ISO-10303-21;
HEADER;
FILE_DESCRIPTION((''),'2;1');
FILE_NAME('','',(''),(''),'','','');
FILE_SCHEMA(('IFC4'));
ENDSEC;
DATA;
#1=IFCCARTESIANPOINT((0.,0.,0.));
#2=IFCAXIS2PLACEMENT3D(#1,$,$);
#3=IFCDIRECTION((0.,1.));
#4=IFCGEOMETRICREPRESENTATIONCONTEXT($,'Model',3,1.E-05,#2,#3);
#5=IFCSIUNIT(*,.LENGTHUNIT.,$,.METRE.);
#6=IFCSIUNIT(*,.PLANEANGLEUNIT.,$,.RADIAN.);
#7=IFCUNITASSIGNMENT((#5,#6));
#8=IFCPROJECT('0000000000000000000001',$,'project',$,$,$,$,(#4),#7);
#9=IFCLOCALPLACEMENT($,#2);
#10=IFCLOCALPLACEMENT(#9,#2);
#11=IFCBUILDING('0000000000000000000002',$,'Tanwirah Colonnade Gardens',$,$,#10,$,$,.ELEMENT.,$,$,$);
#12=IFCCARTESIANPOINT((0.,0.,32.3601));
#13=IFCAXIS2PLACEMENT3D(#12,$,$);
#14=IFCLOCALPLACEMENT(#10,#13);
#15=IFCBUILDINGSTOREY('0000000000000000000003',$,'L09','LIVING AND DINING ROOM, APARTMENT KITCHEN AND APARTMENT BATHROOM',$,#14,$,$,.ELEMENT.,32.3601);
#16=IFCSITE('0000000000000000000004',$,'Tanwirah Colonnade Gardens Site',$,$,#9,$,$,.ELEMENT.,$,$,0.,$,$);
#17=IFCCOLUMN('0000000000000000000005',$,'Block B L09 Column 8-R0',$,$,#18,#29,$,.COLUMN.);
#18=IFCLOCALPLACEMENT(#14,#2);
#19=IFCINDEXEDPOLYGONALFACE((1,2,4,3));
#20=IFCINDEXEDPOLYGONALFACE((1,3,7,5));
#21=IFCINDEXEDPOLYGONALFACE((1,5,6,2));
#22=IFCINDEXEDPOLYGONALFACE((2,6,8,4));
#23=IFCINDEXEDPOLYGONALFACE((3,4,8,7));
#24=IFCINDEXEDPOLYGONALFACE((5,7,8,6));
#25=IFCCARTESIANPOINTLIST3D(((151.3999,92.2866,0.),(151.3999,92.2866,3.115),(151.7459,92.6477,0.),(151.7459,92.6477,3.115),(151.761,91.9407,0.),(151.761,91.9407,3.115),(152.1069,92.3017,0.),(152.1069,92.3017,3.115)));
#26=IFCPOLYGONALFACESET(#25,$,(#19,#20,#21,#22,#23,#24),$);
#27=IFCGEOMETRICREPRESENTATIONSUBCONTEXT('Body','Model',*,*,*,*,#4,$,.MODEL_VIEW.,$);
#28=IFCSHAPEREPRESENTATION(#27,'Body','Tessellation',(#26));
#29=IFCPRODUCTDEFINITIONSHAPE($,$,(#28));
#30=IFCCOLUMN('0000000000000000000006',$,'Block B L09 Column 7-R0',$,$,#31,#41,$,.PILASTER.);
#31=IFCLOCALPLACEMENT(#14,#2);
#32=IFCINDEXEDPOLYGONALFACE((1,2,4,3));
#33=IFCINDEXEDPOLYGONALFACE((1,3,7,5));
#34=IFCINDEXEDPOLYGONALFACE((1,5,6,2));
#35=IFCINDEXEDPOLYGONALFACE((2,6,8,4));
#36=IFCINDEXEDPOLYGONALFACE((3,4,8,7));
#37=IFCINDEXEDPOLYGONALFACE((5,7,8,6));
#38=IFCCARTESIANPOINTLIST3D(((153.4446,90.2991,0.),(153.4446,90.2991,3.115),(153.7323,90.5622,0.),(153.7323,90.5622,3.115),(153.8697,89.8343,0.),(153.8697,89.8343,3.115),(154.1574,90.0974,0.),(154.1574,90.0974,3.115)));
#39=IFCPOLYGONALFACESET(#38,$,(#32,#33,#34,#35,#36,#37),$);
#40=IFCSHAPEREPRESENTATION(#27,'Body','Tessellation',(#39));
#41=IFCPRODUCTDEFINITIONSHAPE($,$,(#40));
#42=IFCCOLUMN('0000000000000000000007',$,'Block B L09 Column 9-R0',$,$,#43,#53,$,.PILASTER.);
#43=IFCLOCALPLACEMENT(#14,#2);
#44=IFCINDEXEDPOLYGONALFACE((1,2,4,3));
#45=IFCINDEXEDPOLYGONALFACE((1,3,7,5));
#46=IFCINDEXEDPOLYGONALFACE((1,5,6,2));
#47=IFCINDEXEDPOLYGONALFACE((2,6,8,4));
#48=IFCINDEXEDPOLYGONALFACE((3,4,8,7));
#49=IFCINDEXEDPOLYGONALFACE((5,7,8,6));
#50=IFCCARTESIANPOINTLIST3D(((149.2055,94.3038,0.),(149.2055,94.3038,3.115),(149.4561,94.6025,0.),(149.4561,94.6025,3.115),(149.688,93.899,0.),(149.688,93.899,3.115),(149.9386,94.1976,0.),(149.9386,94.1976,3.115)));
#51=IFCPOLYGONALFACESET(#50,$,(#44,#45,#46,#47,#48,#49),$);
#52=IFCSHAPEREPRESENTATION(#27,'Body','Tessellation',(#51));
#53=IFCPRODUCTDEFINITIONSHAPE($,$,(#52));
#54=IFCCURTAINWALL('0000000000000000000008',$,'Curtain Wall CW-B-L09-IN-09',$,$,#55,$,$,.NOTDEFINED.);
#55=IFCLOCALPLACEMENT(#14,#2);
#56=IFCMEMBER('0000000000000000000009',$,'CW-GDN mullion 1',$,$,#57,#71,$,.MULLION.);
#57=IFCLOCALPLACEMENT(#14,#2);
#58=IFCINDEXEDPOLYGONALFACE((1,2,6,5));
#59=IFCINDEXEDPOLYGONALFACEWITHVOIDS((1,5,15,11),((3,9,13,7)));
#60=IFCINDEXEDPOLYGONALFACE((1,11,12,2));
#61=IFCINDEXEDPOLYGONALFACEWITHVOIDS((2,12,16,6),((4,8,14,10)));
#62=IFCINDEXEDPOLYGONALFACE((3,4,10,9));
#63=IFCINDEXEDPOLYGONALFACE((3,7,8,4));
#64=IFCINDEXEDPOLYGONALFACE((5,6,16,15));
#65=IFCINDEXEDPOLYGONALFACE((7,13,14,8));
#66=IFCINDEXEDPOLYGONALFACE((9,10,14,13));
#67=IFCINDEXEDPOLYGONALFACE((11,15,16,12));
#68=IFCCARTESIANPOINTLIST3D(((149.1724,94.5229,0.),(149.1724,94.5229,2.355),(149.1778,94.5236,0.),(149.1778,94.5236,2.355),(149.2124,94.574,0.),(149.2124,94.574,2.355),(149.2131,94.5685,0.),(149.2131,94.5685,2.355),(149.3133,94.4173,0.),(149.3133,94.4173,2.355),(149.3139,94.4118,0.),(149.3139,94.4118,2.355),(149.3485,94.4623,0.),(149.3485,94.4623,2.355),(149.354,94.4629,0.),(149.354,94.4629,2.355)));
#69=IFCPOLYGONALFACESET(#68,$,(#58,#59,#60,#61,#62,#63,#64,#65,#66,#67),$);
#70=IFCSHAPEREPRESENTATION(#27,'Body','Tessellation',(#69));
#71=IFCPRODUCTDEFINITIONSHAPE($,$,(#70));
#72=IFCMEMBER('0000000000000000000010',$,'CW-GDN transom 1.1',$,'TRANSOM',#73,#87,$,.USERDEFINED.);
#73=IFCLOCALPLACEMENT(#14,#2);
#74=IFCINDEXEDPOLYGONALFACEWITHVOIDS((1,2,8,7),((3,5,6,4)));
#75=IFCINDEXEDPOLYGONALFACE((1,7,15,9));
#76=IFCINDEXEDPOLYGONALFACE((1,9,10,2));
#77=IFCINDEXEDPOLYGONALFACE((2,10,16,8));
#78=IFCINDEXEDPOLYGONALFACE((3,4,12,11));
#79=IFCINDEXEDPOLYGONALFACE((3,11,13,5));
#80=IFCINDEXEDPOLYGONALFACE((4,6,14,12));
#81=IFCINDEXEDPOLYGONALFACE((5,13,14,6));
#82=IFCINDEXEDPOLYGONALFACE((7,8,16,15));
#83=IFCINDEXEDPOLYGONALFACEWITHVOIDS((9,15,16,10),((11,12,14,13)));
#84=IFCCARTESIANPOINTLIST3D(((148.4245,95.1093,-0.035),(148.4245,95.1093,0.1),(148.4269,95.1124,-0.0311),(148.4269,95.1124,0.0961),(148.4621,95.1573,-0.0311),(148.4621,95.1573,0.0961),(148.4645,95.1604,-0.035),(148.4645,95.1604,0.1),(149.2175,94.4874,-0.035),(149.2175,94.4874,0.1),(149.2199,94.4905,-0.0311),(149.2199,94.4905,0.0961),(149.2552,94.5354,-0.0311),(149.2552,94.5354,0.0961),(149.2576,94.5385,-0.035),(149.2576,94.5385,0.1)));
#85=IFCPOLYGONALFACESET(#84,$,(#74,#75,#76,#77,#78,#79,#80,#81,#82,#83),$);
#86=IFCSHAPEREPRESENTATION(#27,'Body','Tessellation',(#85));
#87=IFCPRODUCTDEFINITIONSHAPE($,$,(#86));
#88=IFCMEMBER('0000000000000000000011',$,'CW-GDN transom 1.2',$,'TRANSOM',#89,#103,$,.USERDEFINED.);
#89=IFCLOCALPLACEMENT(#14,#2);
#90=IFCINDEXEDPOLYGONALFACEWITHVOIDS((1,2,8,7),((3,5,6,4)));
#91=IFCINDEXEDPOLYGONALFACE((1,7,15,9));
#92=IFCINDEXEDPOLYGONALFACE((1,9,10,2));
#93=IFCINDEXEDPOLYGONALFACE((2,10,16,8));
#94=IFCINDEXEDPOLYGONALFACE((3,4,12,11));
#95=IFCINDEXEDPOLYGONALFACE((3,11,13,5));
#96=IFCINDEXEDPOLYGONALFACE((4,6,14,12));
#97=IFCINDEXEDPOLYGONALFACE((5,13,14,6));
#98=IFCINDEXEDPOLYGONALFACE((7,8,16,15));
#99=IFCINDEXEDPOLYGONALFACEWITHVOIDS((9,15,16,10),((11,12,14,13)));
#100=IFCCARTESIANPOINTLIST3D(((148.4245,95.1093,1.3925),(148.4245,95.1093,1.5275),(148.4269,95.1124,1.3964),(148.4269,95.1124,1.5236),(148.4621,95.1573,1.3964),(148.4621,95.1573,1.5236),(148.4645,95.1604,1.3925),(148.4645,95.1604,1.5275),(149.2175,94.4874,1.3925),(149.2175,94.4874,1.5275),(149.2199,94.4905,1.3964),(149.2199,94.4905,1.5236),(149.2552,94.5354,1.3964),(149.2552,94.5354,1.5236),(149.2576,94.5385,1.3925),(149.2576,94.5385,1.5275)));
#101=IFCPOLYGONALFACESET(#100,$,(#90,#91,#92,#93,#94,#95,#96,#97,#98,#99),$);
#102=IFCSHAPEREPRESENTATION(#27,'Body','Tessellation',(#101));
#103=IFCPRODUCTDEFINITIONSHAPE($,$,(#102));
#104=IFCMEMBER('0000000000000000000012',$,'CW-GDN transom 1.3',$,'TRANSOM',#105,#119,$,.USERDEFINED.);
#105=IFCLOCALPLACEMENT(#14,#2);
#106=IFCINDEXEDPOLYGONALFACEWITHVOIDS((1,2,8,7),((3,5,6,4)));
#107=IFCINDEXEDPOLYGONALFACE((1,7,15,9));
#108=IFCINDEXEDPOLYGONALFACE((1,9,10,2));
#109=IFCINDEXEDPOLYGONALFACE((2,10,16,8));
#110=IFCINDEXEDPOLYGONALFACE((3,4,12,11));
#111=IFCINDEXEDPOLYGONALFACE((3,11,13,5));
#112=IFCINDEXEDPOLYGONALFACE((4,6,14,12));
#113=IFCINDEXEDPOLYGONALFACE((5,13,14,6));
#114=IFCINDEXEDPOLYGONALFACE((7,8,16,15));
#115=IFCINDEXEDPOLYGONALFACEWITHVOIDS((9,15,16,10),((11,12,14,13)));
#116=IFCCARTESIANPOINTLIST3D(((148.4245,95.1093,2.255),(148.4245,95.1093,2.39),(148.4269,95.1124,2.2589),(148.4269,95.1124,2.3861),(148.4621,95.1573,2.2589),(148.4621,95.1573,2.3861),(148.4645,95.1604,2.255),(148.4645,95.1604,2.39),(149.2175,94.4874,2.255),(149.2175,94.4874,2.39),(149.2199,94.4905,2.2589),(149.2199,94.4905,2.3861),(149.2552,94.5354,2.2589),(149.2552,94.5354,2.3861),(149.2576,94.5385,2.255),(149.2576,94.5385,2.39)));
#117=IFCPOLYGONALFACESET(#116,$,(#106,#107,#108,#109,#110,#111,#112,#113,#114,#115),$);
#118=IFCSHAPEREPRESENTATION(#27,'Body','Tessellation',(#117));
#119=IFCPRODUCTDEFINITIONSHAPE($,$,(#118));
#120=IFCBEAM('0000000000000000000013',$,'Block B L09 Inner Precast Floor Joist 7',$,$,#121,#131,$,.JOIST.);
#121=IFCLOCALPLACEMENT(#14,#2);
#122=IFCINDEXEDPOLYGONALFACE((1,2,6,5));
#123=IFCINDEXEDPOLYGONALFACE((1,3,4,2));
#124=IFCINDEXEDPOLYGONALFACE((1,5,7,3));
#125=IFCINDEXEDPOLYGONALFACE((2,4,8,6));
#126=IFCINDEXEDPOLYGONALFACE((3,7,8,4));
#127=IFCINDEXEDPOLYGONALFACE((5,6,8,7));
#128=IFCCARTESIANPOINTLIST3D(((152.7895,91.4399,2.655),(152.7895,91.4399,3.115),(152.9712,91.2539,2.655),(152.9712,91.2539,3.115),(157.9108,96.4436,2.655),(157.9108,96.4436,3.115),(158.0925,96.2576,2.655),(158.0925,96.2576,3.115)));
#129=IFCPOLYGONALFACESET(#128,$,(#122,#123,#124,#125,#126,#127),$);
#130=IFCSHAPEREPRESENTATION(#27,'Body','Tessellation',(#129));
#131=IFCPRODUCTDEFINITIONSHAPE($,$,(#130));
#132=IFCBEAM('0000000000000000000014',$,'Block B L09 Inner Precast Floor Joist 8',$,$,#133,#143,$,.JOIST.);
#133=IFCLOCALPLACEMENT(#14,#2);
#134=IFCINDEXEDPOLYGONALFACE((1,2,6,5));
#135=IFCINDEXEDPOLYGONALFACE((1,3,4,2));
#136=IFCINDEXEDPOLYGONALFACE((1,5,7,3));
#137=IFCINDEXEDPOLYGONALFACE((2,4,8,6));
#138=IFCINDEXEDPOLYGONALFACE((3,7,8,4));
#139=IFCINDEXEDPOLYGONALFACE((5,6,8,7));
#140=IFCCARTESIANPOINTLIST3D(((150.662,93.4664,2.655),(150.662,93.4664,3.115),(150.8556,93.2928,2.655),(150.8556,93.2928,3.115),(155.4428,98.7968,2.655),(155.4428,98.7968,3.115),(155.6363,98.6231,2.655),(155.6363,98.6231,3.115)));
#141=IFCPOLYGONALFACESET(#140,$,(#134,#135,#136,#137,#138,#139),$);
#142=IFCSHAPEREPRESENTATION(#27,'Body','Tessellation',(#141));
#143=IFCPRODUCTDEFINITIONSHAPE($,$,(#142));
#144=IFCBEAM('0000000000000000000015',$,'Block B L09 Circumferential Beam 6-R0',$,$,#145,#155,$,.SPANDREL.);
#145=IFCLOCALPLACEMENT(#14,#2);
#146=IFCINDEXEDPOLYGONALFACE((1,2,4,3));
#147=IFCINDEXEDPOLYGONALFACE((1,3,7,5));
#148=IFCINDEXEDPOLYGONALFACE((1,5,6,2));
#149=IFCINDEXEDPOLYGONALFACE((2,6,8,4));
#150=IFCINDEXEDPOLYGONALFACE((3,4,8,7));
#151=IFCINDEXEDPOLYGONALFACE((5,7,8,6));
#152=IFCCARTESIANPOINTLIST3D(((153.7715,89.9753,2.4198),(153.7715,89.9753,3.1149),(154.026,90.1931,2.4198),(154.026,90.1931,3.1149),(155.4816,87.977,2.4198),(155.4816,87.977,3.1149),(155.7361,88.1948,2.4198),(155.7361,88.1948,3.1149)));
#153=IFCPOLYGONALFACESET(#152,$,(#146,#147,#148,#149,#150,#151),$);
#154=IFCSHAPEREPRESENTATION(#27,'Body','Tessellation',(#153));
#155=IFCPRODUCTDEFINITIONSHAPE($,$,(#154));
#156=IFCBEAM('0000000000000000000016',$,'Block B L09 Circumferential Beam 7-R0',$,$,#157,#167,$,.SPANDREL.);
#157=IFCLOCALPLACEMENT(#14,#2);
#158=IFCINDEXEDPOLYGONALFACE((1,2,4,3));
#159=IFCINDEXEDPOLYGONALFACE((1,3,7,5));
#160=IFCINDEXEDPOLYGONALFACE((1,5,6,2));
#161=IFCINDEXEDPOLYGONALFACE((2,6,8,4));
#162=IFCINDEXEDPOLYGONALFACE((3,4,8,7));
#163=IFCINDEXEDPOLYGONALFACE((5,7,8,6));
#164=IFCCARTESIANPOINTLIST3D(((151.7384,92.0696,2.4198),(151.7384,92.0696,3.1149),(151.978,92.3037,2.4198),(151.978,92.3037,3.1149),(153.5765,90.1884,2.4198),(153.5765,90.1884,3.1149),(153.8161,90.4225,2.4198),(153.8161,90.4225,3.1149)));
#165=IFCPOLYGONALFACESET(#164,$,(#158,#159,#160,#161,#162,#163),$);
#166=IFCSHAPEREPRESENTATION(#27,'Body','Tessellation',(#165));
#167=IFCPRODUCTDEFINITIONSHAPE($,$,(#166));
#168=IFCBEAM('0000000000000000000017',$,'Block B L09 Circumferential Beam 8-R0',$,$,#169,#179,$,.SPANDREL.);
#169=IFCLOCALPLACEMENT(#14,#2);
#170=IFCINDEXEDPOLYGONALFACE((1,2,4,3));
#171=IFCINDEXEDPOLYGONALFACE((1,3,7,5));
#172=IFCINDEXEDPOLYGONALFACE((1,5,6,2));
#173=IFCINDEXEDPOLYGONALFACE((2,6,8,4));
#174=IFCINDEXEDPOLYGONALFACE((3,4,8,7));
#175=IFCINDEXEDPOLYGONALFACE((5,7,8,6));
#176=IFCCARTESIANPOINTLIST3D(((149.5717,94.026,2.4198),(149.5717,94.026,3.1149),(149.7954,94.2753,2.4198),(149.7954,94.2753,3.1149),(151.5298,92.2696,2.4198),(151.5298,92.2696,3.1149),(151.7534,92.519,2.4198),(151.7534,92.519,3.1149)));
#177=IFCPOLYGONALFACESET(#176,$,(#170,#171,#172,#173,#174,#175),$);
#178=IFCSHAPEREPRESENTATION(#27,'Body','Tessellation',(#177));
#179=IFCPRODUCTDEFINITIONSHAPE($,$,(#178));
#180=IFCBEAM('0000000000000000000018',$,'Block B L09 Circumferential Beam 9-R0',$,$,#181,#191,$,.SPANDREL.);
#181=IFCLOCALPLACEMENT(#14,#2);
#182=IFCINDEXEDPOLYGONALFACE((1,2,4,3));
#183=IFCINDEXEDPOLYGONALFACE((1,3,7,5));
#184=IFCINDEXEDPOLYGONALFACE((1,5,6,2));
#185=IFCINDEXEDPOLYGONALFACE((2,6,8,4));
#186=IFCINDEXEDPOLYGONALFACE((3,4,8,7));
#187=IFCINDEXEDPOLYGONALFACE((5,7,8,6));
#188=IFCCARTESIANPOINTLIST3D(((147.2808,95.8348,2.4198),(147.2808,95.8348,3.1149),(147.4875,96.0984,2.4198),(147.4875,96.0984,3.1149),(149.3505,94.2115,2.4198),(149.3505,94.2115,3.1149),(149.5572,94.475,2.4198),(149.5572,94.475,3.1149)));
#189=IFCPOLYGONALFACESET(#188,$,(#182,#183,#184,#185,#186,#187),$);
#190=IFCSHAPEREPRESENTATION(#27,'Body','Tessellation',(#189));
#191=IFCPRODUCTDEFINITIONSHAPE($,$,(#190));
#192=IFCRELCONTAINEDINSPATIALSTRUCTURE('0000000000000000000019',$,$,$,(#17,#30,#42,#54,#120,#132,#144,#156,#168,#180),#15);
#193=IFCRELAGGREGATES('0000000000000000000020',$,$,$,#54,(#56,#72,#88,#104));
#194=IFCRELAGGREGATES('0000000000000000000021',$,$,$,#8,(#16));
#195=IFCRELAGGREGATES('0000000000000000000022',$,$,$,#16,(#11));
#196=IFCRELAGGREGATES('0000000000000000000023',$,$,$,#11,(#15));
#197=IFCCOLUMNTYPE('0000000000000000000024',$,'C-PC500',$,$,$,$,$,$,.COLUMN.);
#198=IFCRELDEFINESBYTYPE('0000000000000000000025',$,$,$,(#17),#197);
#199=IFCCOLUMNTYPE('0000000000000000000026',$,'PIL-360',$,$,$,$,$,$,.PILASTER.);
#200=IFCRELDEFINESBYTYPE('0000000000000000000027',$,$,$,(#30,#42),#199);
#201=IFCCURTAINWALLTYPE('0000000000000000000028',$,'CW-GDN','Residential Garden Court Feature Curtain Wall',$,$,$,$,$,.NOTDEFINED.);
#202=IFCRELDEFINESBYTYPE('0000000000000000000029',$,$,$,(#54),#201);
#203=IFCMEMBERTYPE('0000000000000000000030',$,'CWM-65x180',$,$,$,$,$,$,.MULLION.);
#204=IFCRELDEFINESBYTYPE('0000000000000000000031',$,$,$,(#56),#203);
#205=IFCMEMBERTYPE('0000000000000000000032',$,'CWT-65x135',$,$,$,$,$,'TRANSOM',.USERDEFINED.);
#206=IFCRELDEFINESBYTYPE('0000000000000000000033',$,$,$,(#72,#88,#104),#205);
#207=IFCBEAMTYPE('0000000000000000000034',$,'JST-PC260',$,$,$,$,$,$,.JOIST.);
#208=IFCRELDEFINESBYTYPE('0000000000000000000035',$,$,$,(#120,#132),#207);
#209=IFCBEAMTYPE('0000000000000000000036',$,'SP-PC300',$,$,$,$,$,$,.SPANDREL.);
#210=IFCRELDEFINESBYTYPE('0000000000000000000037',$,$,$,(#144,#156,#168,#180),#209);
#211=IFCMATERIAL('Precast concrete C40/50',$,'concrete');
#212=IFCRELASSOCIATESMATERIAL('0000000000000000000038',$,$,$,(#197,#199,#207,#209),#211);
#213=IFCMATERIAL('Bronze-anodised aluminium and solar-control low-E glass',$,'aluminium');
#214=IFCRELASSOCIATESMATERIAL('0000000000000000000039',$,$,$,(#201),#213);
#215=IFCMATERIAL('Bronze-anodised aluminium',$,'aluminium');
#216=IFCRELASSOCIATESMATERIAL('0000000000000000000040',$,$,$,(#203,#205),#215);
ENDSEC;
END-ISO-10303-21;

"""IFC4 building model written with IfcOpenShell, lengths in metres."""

from ifc_helpers import new_model, si_unit, direction, frame, origin, origin_2d, place, context, subcontext, project, spatial, rectangle, hollow_rectangle, extrude, material, material_profile, profile_set, type_object, element, aggregate, save


model = new_model("IFC4")

# Units and contexts
model_context = context("Model", 3, precision=1e-05, world=origin(), true_north=direction((0.0, 1.0)))
body_context = subcontext(model_context, "Body", "Model", "MODEL_VIEW")
ifc_project = project(units=[si_unit("LENGTHUNIT", "METRE"), si_unit("PLANEANGLEUNIT", "RADIAN")], contexts=[model_context])

# Site, building, storey
site_placement = place(None, origin())
site = spatial("IfcSite", under=ifc_project, at=site_placement, Name="Tanwirah Colonnade Gardens Site", CompositionType="ELEMENT", RefElevation=0.0)
building_placement = place(site_placement, origin())
building = spatial("IfcBuilding", under=site, at=building_placement, Name="Tanwirah Colonnade Gardens", CompositionType="ELEMENT")
storey_placement = place(building_placement, frame((0.0, 0.0, 32.3601)))
storey = spatial("IfcBuildingStorey", under=building, at=storey_placement, Name="L09", Description="LIVING AND DINING ROOM, APARTMENT KITCHEN AND APARTMENT BATHROOM", CompositionType="ELEMENT", Elevation=32.3601)

# Columns
ifc_material_1 = material(Name="Precast concrete C40/50", Category="concrete")
ifc_material_profile_1 = material_profile(ifc_material_1, rectangle(XDim=0.5, YDim=0.5, at=origin_2d()), Name="PC-COL 500x500")
ifc_profile_set_1 = profile_set([ifc_material_profile_1], Name="Precast concrete C40/50")
column_type_1 = type_object("IfcColumnType", Name="C-PC500", PredefinedType="COLUMN", material=ifc_profile_set_1)
column_placement = place(storey_placement, frame((151.7534, 92.2942, 0.0), z_axis=(0.0, 0.0, 1.0), x_axis=(0.691863, 0.722029, 0.0)))
element("IfcColumn", 1, at=column_placement, inside=storey, type_object=column_type_1, Name="Block B L09 Column 8-R0", PredefinedType="COLUMN", context=body_context, shape_type="SweptSolid", body=[
    extrude(rectangle(XDim=0.5, YDim=0.5, at=origin_2d()), origin(), (0.0, 0.0, 1.0), 3.115),
])
ifc_material_profile_2 = material_profile(ifc_material_1, rectangle(XDim=0.3899, YDim=0.6299, at=origin_2d()), Name="PC-PIL 390x630")
ifc_profile_set_2 = profile_set([ifc_material_profile_2], Name="Precast concrete C40/50")
column_type_2 = type_object("IfcColumnType", Name="PIL-360", PredefinedType="PILASTER", material=ifc_profile_set_2)
for number, where, z_axis, x_axis, name in (
    (2, (153.801, 90.1982, 0.0), (0.0, 0.0, 1.0), (0.737932, 0.674875, 0.0), "Block B L09 Column 7-R0"),
    (3, (149.572, 94.2507, 0.0), (0.0, 0.0, 1.0), (0.642788, 0.766044, 0.0), "Block B L09 Column 9-R0"),
):
    element("IfcColumn", number, at=place(storey_placement, frame(where, z_axis=z_axis, x_axis=x_axis)), inside=storey, type_object=column_type_2, Name=name, PredefinedType="PILASTER", context=body_context, shape_type="SweptSolid", body=[
        extrude(rectangle(XDim=0.3899, YDim=0.6299, at=origin_2d()), origin(), (0.0, 0.0, 1.0), 3.115),
    ])

# Curtain wall, members
ifc_material_2 = material(Name="Bronze-anodised aluminium and solar-control low-E glass", Category="aluminium")
curtain_wall_type = type_object("IfcCurtainWallType", Name="CW-GDN", Description="Residential Garden Court Feature Curtain Wall", PredefinedType="NOTDEFINED", material=ifc_material_2)
curtain_wall_placement = place(storey_placement, origin())
curtain_wall = element("IfcCurtainWall", 4, at=curtain_wall_placement, inside=storey, type_object=curtain_wall_type, Name="Curtain Wall CW-B-L09-IN-09", PredefinedType="NOTDEFINED")
ifc_material_3 = material(Name="Bronze-anodised aluminium", Category="aluminium")
ifc_material_profile_3 = material_profile(ifc_material_3, hollow_rectangle(XDim=0.0649, YDim=0.1799, WallThickness=0.0039, at=origin_2d()), Name="CW-MUL 65x180x4")
ifc_profile_set_3 = profile_set([ifc_material_profile_3], Name="Bronze-anodised aluminium")
member_type_1 = type_object("IfcMemberType", Name="CWM-65x180", PredefinedType="MULLION", material=ifc_profile_set_3)
member_1_placement = place(storey_placement, frame((149.2632, 94.4929, 0.0), z_axis=(0.0, 0.0, 1.0), x_axis=(-0.617189, -0.786815, 0.0)))
member_1 = element("IfcMember", 5, at=member_1_placement, type_object=member_type_1, Name="CW-GDN mullion 1", PredefinedType="MULLION", context=body_context, shape_type="SweptSolid", body=[
    extrude(hollow_rectangle(XDim=0.0649, YDim=0.1799, WallThickness=0.0039, at=origin_2d()), origin(), (0.0, 0.0, 1.0), 2.355),
])
ifc_material_profile_4 = material_profile(ifc_material_3, hollow_rectangle(XDim=0.0649, YDim=0.135, WallThickness=0.0039, at=origin_2d()), Name="CW-TRN 65x135x4")
ifc_profile_set_4 = profile_set([ifc_material_profile_4], Name="Bronze-anodised aluminium")
member_type_2 = type_object("IfcMemberType", Name="CWT-65x135", ElementType="TRANSOM", PredefinedType="USERDEFINED", material=ifc_profile_set_4)
member_2_placement = place(storey_placement, frame((149.2375, 94.5129, 0.0325), z_axis=(-0.786906, 0.617072, 0.0), x_axis=(-0.617072, -0.786906, 0.0)))
member_2 = element("IfcMember", 6, at=member_2_placement, type_object=member_type_2, Name="CW-GDN transom 1.1", ObjectType="TRANSOM", PredefinedType="USERDEFINED", context=body_context, shape_type="SweptSolid", body=[
    extrude(hollow_rectangle(XDim=0.0649, YDim=0.135, WallThickness=0.0039, at=origin_2d()), origin(), (0.0, 0.0, 1.0), 1.0078),
])
member_3_placement = place(storey_placement, frame((149.2375, 94.5129, 1.46), z_axis=(-0.786906, 0.617072, 0.0), x_axis=(-0.617072, -0.786906, 0.0)))
member_3 = element("IfcMember", 7, at=member_3_placement, type_object=member_type_2, Name="CW-GDN transom 1.2", ObjectType="TRANSOM", PredefinedType="USERDEFINED", context=body_context, shape_type="SweptSolid", body=[
    extrude(hollow_rectangle(XDim=0.0649, YDim=0.135, WallThickness=0.0039, at=origin_2d()), origin(), (0.0, 0.0, 1.0), 1.0078),
])
member_4_placement = place(storey_placement, frame((149.2375, 94.5129, 2.3225), z_axis=(-0.786906, 0.617072, 0.0), x_axis=(-0.617072, -0.786906, 0.0)))
member_4 = element("IfcMember", 8, at=member_4_placement, type_object=member_type_2, Name="CW-GDN transom 1.3", ObjectType="TRANSOM", PredefinedType="USERDEFINED", context=body_context, shape_type="SweptSolid", body=[
    extrude(hollow_rectangle(XDim=0.0649, YDim=0.135, WallThickness=0.0039, at=origin_2d()), origin(), (0.0, 0.0, 1.0), 1.0078),
])
aggregate(curtain_wall, [member_1, member_2, member_3, member_4])

# Beams
ifc_material_profile_5 = material_profile(ifc_material_1, rectangle(XDim=0.26, YDim=0.46, at=origin_2d()), Name="PC-JST 260x460")
ifc_profile_set_5 = profile_set([ifc_material_profile_5], Name="Precast concrete C40/50")
beam_type_1 = type_object("IfcBeamType", Name="JST-PC260", PredefinedType="JOIST", material=ifc_profile_set_5)
beam_1_placement = place(storey_placement, frame((152.8804, 91.3469, 2.885), z_axis=(0.715277, 0.698841, 0.0), x_axis=(-0.698841, 0.715277, 0.0)))
element("IfcBeam", 9, at=beam_1_placement, inside=storey, type_object=beam_type_1, Name="Block B L09 Inner Precast Floor Joist 7", PredefinedType="JOIST", context=body_context, shape_type="SweptSolid", body=[
    extrude(rectangle(XDim=0.26, YDim=0.46, at=origin_2d()), origin(), (0.0, 0.0, 1.0), 7.1599),
])
beam_2_placement = place(storey_placement, frame((150.7588, 93.3796, 2.885), z_axis=(0.667688, 0.744441, 0.0), x_axis=(-0.744441, 0.667688, 0.0)))
element("IfcBeam", 10, at=beam_2_placement, inside=storey, type_object=beam_type_1, Name="Block B L09 Inner Precast Floor Joist 8", PredefinedType="JOIST", context=body_context, shape_type="SweptSolid", body=[
    extrude(rectangle(XDim=0.26, YDim=0.46, at=origin_2d()), origin(), (0.0, 0.0, 1.0), 7.1602),
])
ifc_material_profile_6 = material_profile(ifc_material_1, rectangle(XDim=0.335, YDim=0.6951, at=origin_2d()), Name="PC-SP 335x695")
ifc_profile_set_6 = profile_set([ifc_material_profile_6], Name="Precast concrete C40/50")
beam_type_2 = type_object("IfcBeamType", Name="SP-PC300", PredefinedType="SPANDREL", material=ifc_profile_set_6)
for number, where, z_axis, x_axis, name in (
    (11, (155.6089, 88.0859, 2.7673), (-0.650218, 0.759748, 0.0), (-0.759748, -0.650218, 0.0), "Block B L09 Circumferential Beam 6-R0"),
    (12, (153.6963, 90.3054, 2.7673), (-0.698844, 0.715274, 0.0), (-0.715274, -0.698844, 0.0), "Block B L09 Circumferential Beam 7-R0"),
):
    element("IfcBeam", number, at=place(storey_placement, frame(where, z_axis=z_axis, x_axis=x_axis)), inside=storey, type_object=beam_type_2, Name=name, PredefinedType="SPANDREL", context=body_context, shape_type="SweptSolid", body=[
        extrude(rectangle(XDim=0.335, YDim=0.6951, at=origin_2d()), origin(), (0.0, 0.0, 1.0), 2.6301),
    ])
for number, where, z_axis, x_axis, name in (
    (13, (151.6416, 92.3943, 2.7673), (-0.744401, 0.667733, 0.0), (-0.667733, -0.744401, 0.0), "Block B L09 Circumferential Beam 8-R0"),
    (14, (149.4539, 94.3433, 2.7673), (-0.786837, 0.617161, 0.0), (-0.617161, -0.786837, 0.0), "Block B L09 Circumferential Beam 9-R0"),
):
    element("IfcBeam", number, at=place(storey_placement, frame(where, z_axis=z_axis, x_axis=x_axis)), inside=storey, type_object=beam_type_2, Name=name, PredefinedType="SPANDREL", context=body_context, shape_type="SweptSolid", body=[
        extrude(rectangle(XDim=0.335, YDim=0.6951, at=origin_2d()), origin(), (0.0, 0.0, 1.0), 2.6304),
    ])

save(model, "model.ifc")
